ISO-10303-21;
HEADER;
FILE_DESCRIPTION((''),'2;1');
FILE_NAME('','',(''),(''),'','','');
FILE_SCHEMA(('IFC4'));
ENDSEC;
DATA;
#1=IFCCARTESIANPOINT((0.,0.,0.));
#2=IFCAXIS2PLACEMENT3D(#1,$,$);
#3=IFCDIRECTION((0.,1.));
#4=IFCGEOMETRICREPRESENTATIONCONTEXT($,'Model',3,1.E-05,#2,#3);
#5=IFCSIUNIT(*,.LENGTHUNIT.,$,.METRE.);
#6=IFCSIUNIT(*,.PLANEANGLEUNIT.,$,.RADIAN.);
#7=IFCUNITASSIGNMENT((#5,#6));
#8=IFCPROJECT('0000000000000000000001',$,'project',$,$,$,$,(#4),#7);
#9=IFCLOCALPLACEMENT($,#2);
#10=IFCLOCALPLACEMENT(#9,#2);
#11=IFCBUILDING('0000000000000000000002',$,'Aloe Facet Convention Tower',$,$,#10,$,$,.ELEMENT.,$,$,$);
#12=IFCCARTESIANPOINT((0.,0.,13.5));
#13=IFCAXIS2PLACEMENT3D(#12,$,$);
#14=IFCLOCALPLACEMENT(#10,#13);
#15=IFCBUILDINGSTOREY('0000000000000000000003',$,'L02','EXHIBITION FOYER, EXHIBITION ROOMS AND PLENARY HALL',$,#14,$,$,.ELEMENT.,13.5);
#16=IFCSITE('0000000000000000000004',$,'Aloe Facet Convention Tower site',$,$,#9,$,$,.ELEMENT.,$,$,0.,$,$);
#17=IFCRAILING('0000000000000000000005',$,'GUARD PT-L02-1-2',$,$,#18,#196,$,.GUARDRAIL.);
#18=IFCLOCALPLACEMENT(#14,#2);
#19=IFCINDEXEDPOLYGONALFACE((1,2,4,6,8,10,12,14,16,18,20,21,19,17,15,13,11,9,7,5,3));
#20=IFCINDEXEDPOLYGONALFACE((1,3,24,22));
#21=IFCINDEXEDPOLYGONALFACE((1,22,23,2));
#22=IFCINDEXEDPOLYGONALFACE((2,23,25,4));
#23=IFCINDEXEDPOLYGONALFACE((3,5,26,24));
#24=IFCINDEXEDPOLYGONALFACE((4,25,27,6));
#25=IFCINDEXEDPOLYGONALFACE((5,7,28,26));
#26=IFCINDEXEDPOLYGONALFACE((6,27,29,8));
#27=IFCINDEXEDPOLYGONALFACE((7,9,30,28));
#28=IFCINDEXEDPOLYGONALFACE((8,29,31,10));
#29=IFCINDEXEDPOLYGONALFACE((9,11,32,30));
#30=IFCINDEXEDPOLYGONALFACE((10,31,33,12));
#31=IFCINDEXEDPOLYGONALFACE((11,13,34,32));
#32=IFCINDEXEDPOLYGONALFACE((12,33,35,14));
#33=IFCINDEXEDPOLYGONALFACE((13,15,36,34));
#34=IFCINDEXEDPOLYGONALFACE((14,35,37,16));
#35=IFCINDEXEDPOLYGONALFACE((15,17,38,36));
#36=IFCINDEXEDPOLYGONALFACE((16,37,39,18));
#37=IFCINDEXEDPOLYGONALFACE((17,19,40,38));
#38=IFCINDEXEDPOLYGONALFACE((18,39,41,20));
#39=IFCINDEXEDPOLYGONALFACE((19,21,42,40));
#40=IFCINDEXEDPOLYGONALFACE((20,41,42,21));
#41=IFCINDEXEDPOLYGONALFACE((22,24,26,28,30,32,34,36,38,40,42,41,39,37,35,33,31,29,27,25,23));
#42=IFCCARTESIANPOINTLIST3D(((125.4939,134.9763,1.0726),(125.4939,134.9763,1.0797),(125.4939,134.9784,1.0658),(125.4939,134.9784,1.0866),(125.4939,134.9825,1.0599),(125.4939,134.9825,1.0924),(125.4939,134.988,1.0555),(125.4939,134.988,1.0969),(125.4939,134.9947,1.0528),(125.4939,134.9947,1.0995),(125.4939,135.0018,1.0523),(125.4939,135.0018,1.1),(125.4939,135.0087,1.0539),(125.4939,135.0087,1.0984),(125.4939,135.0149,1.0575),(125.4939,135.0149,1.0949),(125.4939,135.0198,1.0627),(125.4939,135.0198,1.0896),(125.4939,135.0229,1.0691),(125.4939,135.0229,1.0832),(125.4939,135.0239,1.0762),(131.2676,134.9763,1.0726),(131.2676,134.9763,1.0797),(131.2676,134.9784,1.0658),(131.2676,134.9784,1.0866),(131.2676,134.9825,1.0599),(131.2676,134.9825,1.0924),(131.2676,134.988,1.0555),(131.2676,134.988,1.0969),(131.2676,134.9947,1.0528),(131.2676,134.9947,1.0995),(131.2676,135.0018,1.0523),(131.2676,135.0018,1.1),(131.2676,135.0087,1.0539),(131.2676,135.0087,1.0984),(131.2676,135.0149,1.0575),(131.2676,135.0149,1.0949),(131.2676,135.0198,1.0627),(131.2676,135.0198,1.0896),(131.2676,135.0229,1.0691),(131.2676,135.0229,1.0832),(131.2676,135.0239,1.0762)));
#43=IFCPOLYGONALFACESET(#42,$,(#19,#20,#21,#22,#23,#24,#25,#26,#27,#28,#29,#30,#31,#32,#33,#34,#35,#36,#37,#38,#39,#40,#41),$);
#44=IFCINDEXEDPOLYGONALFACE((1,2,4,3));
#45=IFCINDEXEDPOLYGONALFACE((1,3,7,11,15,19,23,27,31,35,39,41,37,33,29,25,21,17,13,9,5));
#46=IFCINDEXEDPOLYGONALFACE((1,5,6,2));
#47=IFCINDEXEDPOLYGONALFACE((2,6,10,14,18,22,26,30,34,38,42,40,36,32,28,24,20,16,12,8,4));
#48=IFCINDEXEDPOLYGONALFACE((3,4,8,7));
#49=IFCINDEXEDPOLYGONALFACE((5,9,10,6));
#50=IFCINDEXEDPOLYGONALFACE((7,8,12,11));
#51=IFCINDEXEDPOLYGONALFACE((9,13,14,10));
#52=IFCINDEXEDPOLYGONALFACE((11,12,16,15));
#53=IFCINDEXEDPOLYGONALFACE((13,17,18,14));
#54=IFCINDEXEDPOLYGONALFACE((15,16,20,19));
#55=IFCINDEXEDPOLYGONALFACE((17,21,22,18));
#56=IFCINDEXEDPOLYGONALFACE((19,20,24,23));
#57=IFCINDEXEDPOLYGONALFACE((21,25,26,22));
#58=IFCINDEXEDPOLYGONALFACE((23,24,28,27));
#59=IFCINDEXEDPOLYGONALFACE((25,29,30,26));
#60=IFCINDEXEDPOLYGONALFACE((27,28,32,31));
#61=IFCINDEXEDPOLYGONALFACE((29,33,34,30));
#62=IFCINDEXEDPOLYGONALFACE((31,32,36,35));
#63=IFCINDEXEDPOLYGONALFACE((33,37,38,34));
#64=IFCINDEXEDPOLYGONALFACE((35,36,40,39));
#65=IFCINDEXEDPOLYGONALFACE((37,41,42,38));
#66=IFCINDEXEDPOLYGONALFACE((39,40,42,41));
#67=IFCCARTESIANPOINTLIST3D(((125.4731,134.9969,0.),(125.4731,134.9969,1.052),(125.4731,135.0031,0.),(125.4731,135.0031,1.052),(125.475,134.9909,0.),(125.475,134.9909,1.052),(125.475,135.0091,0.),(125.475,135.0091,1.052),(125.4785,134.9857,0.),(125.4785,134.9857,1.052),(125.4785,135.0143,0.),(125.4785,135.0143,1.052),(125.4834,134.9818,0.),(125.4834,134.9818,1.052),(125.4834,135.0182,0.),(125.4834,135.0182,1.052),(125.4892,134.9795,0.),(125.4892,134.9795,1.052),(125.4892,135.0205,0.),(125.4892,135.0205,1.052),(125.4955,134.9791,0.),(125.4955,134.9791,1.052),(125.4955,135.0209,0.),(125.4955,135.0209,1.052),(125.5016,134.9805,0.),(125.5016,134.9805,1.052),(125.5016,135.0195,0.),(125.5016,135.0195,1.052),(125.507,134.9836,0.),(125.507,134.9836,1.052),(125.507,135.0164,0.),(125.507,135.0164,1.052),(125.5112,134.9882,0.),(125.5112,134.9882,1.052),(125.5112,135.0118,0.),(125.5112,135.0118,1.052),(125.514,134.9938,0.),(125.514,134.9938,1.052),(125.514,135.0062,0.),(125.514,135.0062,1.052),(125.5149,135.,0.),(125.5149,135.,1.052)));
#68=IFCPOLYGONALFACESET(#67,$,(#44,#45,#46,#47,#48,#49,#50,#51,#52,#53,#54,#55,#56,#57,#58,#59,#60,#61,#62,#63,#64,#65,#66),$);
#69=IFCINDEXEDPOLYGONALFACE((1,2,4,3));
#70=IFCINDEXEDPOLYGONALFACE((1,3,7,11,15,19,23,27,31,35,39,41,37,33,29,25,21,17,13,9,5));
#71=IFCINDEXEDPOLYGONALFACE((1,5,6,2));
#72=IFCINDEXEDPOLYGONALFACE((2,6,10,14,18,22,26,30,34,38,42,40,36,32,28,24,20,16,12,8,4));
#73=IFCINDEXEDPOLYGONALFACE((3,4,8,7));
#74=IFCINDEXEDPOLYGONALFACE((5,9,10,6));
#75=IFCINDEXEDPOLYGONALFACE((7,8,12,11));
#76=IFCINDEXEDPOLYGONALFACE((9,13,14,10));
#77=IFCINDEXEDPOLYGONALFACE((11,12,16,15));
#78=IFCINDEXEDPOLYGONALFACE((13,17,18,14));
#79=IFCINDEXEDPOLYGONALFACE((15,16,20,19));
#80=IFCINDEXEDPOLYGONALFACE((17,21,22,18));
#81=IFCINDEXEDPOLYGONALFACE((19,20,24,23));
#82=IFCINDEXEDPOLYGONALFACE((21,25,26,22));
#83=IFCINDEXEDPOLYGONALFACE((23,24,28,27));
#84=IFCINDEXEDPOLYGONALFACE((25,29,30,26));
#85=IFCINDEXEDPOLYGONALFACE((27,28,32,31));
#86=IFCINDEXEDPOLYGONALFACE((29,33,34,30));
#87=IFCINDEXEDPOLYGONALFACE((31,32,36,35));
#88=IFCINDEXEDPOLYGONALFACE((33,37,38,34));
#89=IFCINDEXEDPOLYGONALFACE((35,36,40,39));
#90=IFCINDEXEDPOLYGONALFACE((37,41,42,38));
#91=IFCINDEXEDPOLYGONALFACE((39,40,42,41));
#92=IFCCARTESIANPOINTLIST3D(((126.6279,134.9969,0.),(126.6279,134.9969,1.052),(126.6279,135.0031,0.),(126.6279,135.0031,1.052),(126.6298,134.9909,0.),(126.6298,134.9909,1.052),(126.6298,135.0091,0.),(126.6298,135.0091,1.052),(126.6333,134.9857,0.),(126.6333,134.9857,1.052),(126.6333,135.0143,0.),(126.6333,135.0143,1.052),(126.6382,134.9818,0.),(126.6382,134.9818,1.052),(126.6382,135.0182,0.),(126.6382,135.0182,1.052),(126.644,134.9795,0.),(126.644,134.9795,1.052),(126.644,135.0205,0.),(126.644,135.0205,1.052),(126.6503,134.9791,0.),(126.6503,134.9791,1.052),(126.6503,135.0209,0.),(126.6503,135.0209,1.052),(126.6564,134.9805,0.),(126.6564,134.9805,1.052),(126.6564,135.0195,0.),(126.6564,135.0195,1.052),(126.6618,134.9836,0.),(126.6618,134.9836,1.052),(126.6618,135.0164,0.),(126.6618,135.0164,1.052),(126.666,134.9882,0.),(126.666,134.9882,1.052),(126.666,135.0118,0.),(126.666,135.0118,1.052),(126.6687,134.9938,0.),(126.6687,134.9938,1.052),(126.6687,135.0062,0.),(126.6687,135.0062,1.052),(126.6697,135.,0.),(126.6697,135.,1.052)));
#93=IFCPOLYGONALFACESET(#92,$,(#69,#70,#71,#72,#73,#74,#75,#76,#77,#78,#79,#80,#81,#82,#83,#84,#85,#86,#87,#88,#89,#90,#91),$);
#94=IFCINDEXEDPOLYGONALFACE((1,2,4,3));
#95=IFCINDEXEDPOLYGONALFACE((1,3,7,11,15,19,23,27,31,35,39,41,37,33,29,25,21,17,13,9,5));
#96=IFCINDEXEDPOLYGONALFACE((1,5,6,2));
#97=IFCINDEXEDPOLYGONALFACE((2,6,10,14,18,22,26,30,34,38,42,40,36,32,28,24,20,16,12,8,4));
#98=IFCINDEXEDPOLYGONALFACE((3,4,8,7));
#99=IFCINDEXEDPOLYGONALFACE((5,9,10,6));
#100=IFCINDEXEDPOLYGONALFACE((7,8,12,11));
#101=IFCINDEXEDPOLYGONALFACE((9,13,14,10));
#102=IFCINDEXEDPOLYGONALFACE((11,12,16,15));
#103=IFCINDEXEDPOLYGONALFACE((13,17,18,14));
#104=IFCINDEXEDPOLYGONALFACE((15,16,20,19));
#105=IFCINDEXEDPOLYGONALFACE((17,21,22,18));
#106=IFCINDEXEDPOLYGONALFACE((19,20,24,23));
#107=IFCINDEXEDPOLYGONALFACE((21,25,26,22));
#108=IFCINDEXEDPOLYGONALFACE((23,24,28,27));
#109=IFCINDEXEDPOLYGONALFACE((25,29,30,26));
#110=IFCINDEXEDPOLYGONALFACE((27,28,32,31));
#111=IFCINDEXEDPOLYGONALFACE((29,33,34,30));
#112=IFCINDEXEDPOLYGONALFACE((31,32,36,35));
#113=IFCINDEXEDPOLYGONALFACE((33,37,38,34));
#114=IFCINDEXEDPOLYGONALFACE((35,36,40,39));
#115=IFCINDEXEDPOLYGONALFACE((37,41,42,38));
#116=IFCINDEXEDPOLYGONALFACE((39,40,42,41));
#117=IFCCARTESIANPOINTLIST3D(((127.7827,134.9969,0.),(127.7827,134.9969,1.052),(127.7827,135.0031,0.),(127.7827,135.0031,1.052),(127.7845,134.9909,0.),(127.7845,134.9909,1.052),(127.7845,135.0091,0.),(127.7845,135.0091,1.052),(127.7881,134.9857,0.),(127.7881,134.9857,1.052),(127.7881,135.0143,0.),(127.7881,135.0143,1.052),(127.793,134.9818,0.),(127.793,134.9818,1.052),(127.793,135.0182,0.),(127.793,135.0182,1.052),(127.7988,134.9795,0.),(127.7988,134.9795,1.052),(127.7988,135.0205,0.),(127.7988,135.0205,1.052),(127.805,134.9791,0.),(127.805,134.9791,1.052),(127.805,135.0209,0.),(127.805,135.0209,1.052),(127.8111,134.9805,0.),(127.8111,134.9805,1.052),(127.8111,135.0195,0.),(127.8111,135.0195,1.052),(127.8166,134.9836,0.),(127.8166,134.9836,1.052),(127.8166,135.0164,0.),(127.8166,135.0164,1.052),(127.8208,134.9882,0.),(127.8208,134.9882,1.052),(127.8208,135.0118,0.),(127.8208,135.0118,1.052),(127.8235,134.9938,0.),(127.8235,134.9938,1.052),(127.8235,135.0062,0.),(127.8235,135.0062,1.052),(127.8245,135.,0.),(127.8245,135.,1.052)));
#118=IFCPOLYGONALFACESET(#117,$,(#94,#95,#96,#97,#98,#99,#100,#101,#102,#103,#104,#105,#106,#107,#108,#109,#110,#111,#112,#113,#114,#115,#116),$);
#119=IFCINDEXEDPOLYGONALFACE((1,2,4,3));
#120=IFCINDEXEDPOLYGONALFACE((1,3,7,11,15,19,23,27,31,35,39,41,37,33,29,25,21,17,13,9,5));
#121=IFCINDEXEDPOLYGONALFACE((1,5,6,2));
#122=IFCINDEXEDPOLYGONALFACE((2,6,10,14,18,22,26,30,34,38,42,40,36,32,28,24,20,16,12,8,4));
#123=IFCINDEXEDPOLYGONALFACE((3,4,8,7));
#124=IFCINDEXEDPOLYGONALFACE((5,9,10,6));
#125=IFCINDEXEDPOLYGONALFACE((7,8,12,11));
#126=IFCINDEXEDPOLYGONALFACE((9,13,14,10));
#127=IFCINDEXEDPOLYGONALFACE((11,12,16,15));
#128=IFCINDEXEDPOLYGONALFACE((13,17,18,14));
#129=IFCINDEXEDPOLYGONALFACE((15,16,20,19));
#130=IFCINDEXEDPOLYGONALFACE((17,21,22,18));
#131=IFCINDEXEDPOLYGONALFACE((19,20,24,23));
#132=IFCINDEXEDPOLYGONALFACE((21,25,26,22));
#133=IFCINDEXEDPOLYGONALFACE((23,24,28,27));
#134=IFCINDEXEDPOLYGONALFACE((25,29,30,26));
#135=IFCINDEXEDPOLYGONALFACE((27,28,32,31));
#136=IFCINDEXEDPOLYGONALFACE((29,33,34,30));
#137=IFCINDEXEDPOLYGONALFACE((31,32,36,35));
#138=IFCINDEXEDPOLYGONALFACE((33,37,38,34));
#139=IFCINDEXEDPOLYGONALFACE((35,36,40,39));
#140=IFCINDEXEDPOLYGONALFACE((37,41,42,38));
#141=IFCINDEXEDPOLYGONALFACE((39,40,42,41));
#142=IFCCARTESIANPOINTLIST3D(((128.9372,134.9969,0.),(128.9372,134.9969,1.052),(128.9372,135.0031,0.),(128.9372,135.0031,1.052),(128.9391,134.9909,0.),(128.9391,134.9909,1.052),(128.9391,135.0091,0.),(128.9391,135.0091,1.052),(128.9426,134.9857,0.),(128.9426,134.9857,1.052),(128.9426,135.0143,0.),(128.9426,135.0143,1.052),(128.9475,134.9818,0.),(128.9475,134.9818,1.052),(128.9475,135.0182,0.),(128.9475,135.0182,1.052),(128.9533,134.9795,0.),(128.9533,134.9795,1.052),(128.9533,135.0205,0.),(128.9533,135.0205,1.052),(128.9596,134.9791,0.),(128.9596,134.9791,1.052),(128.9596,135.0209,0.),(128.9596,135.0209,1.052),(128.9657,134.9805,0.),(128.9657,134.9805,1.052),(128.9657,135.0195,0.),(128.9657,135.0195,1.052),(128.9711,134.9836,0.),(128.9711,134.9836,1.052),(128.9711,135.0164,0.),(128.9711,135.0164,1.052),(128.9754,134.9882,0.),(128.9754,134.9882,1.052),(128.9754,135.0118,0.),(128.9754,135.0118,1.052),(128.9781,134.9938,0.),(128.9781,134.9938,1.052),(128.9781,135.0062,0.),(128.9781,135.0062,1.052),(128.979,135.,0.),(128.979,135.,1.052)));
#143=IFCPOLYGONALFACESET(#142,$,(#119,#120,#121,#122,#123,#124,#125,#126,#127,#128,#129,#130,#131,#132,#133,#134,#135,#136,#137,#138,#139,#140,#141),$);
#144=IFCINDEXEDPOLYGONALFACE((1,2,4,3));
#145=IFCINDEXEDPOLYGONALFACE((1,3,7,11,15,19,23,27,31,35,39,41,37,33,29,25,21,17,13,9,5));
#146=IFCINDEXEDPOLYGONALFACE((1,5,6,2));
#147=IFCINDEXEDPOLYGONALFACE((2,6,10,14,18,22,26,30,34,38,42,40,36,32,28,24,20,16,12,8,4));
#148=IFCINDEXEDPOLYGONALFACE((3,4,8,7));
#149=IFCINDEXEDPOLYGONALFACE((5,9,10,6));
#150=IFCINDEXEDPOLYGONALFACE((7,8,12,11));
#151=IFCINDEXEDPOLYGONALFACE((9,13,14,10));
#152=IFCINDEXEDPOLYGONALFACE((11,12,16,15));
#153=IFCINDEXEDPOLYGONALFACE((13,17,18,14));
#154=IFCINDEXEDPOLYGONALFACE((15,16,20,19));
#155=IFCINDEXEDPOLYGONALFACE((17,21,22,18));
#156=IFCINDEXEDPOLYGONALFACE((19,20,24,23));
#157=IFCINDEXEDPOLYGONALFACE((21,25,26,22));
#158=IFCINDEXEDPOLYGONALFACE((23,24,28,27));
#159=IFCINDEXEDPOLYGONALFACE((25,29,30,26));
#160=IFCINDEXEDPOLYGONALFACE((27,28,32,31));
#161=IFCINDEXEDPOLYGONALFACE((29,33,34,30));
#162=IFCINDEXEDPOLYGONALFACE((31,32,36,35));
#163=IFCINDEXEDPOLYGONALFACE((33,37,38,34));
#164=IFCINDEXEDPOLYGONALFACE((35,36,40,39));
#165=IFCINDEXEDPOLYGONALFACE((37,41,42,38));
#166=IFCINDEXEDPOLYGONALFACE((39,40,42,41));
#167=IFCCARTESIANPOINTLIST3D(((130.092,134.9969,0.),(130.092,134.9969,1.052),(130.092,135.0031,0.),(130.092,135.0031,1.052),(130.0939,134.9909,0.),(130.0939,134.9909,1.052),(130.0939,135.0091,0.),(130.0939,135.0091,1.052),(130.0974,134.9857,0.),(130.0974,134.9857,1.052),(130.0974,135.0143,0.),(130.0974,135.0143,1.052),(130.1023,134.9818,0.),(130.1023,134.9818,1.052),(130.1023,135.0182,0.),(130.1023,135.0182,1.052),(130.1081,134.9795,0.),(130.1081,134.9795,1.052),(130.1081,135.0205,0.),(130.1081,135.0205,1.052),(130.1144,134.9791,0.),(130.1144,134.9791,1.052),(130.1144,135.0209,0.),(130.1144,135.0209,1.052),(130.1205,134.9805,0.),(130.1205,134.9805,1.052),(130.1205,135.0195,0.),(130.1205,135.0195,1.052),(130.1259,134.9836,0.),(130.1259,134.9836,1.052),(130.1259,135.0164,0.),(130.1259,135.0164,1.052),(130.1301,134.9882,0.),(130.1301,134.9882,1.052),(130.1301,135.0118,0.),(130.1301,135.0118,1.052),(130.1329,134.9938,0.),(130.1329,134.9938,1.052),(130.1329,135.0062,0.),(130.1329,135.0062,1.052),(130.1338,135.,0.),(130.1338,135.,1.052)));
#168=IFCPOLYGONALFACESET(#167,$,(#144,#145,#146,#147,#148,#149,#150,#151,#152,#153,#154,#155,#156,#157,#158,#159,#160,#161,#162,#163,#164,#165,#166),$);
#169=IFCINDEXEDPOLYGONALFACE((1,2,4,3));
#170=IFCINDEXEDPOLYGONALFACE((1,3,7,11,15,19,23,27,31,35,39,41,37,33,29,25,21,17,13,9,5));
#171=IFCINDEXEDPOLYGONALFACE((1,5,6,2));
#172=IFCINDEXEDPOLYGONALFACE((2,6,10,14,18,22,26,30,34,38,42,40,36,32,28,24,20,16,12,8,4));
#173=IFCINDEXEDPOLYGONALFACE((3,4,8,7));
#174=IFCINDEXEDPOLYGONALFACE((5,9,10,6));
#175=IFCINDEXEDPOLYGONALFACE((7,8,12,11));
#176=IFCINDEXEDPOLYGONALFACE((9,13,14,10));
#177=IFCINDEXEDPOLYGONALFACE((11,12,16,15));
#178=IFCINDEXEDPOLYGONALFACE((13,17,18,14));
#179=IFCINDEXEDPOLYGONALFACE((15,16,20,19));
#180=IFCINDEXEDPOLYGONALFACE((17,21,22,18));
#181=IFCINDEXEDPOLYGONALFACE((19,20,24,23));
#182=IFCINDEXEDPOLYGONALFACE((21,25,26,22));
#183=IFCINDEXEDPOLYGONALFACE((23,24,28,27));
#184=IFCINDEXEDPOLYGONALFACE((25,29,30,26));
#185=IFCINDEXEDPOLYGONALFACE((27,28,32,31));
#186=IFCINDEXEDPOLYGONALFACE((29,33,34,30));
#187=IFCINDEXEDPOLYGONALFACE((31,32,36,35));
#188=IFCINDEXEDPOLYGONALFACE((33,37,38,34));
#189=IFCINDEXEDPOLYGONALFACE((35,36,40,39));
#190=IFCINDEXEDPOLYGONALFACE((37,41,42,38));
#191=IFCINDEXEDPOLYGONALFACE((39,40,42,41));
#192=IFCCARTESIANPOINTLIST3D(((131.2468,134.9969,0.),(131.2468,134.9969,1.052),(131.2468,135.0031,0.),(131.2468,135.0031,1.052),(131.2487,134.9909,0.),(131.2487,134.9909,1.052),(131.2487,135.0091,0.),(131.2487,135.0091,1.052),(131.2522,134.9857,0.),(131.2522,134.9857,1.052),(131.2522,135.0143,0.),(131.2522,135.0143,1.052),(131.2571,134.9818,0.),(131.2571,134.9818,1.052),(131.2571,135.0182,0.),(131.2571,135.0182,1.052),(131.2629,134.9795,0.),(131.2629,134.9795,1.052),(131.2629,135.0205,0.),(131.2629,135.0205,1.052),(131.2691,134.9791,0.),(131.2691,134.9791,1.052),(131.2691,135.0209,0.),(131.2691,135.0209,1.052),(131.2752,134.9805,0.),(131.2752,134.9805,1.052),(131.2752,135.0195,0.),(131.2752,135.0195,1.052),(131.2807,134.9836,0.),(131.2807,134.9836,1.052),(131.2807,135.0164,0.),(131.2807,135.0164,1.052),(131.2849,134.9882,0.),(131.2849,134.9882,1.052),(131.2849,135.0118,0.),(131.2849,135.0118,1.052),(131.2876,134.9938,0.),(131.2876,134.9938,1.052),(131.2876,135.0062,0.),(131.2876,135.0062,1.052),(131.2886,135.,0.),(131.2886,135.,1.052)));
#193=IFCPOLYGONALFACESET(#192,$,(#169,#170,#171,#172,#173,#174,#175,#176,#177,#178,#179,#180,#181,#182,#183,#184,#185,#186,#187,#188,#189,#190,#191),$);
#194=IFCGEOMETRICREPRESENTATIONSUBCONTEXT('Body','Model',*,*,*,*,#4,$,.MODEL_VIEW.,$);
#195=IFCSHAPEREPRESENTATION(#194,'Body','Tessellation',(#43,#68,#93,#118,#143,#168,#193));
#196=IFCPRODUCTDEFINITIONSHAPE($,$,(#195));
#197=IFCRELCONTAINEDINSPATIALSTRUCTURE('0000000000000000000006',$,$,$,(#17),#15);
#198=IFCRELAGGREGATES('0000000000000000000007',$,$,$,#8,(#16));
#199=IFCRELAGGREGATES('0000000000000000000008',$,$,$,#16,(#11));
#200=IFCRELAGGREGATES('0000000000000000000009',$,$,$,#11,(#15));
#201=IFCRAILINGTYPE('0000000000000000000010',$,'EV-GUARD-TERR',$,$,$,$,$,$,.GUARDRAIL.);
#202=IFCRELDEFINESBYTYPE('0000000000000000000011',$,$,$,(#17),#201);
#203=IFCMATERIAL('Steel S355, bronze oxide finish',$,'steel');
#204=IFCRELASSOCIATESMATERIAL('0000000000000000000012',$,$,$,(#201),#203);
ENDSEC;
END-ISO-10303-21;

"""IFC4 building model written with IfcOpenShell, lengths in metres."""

from ifc_helpers import new_model, si_unit, direction, frame, origin, origin_2d, place, context, subcontext, project, spatial, circle, extrude, material, type_object, element, save


model = new_model("IFC4")

# Units and contexts
model_context = context("Model", 3, precision=1e-05, world=origin(), true_north=direction((0.0, 1.0)))
body_context = subcontext(model_context, "Body", "Model", "MODEL_VIEW")
ifc_project = project(units=[si_unit("LENGTHUNIT", "METRE"), si_unit("PLANEANGLEUNIT", "RADIAN")], contexts=[model_context])

# Site, building, storey
site_placement = place(None, origin())
site = spatial("IfcSite", under=ifc_project, at=site_placement, Name="Aloe Facet Convention Tower site", CompositionType="ELEMENT", RefElevation=0.0)
building_placement = place(site_placement, origin())
building = spatial("IfcBuilding", under=site, at=building_placement, Name="Aloe Facet Convention Tower", CompositionType="ELEMENT")
storey_placement = place(building_placement, frame((0.0, 0.0, 13.5)))
storey = spatial("IfcBuildingStorey", under=building, at=storey_placement, Name="L02", Description="EXHIBITION FOYER, EXHIBITION ROOMS AND PLENARY HALL", CompositionType="ELEMENT", Elevation=13.5)

# Railing
ifc_material_1 = material(Name="Steel S355, bronze oxide finish", Category="steel")
railing_type = type_object("IfcRailingType", Name="EV-GUARD-TERR", PredefinedType="GUARDRAIL", material=ifc_material_1)
railing_1_placement = place(storey_placement, frame((125.4939, 135.0, 0.0)))
element("IfcRailing", 1, at=railing_1_placement, inside=storey, type_object=railing_type, Name="GUARD PT-L02-1-2", PredefinedType="GUARDRAIL", context=body_context, shape_type="SweptSolid", body=[
    extrude(circle(Radius=0.0239, at=origin_2d()), frame((0.0, 0.0, 1.0762), z_axis=(1.0, 0.0, 0.0), x_axis=(0.0, 1.0, 0.0)), (0.0, 0.0, 1.0), 5.7737),
    extrude(circle(Radius=0.021, at=origin_2d()), origin(), (0.0, 0.0, 1.0), 1.052),
    extrude(circle(Radius=0.021, at=origin_2d()), frame((1.1548, 0.0, 0.0)), (0.0, 0.0, 1.0), 1.052),
    extrude(circle(Radius=0.021, at=origin_2d()), frame((2.3096, 0.0, 0.0)), (0.0, 0.0, 1.0), 1.052),
    extrude(circle(Radius=0.021, at=origin_2d()), frame((3.4641, 0.0, 0.0)), (0.0, 0.0, 1.0), 1.052),
    extrude(circle(Radius=0.021, at=origin_2d()), frame((4.6189, 0.0, 0.0)), (0.0, 0.0, 1.0), 1.052),
    extrude(circle(Radius=0.021, at=origin_2d()), frame((5.7737, 0.0, 0.0)), (0.0, 0.0, 1.0), 1.052),
])

save(model, "model.ifc")
